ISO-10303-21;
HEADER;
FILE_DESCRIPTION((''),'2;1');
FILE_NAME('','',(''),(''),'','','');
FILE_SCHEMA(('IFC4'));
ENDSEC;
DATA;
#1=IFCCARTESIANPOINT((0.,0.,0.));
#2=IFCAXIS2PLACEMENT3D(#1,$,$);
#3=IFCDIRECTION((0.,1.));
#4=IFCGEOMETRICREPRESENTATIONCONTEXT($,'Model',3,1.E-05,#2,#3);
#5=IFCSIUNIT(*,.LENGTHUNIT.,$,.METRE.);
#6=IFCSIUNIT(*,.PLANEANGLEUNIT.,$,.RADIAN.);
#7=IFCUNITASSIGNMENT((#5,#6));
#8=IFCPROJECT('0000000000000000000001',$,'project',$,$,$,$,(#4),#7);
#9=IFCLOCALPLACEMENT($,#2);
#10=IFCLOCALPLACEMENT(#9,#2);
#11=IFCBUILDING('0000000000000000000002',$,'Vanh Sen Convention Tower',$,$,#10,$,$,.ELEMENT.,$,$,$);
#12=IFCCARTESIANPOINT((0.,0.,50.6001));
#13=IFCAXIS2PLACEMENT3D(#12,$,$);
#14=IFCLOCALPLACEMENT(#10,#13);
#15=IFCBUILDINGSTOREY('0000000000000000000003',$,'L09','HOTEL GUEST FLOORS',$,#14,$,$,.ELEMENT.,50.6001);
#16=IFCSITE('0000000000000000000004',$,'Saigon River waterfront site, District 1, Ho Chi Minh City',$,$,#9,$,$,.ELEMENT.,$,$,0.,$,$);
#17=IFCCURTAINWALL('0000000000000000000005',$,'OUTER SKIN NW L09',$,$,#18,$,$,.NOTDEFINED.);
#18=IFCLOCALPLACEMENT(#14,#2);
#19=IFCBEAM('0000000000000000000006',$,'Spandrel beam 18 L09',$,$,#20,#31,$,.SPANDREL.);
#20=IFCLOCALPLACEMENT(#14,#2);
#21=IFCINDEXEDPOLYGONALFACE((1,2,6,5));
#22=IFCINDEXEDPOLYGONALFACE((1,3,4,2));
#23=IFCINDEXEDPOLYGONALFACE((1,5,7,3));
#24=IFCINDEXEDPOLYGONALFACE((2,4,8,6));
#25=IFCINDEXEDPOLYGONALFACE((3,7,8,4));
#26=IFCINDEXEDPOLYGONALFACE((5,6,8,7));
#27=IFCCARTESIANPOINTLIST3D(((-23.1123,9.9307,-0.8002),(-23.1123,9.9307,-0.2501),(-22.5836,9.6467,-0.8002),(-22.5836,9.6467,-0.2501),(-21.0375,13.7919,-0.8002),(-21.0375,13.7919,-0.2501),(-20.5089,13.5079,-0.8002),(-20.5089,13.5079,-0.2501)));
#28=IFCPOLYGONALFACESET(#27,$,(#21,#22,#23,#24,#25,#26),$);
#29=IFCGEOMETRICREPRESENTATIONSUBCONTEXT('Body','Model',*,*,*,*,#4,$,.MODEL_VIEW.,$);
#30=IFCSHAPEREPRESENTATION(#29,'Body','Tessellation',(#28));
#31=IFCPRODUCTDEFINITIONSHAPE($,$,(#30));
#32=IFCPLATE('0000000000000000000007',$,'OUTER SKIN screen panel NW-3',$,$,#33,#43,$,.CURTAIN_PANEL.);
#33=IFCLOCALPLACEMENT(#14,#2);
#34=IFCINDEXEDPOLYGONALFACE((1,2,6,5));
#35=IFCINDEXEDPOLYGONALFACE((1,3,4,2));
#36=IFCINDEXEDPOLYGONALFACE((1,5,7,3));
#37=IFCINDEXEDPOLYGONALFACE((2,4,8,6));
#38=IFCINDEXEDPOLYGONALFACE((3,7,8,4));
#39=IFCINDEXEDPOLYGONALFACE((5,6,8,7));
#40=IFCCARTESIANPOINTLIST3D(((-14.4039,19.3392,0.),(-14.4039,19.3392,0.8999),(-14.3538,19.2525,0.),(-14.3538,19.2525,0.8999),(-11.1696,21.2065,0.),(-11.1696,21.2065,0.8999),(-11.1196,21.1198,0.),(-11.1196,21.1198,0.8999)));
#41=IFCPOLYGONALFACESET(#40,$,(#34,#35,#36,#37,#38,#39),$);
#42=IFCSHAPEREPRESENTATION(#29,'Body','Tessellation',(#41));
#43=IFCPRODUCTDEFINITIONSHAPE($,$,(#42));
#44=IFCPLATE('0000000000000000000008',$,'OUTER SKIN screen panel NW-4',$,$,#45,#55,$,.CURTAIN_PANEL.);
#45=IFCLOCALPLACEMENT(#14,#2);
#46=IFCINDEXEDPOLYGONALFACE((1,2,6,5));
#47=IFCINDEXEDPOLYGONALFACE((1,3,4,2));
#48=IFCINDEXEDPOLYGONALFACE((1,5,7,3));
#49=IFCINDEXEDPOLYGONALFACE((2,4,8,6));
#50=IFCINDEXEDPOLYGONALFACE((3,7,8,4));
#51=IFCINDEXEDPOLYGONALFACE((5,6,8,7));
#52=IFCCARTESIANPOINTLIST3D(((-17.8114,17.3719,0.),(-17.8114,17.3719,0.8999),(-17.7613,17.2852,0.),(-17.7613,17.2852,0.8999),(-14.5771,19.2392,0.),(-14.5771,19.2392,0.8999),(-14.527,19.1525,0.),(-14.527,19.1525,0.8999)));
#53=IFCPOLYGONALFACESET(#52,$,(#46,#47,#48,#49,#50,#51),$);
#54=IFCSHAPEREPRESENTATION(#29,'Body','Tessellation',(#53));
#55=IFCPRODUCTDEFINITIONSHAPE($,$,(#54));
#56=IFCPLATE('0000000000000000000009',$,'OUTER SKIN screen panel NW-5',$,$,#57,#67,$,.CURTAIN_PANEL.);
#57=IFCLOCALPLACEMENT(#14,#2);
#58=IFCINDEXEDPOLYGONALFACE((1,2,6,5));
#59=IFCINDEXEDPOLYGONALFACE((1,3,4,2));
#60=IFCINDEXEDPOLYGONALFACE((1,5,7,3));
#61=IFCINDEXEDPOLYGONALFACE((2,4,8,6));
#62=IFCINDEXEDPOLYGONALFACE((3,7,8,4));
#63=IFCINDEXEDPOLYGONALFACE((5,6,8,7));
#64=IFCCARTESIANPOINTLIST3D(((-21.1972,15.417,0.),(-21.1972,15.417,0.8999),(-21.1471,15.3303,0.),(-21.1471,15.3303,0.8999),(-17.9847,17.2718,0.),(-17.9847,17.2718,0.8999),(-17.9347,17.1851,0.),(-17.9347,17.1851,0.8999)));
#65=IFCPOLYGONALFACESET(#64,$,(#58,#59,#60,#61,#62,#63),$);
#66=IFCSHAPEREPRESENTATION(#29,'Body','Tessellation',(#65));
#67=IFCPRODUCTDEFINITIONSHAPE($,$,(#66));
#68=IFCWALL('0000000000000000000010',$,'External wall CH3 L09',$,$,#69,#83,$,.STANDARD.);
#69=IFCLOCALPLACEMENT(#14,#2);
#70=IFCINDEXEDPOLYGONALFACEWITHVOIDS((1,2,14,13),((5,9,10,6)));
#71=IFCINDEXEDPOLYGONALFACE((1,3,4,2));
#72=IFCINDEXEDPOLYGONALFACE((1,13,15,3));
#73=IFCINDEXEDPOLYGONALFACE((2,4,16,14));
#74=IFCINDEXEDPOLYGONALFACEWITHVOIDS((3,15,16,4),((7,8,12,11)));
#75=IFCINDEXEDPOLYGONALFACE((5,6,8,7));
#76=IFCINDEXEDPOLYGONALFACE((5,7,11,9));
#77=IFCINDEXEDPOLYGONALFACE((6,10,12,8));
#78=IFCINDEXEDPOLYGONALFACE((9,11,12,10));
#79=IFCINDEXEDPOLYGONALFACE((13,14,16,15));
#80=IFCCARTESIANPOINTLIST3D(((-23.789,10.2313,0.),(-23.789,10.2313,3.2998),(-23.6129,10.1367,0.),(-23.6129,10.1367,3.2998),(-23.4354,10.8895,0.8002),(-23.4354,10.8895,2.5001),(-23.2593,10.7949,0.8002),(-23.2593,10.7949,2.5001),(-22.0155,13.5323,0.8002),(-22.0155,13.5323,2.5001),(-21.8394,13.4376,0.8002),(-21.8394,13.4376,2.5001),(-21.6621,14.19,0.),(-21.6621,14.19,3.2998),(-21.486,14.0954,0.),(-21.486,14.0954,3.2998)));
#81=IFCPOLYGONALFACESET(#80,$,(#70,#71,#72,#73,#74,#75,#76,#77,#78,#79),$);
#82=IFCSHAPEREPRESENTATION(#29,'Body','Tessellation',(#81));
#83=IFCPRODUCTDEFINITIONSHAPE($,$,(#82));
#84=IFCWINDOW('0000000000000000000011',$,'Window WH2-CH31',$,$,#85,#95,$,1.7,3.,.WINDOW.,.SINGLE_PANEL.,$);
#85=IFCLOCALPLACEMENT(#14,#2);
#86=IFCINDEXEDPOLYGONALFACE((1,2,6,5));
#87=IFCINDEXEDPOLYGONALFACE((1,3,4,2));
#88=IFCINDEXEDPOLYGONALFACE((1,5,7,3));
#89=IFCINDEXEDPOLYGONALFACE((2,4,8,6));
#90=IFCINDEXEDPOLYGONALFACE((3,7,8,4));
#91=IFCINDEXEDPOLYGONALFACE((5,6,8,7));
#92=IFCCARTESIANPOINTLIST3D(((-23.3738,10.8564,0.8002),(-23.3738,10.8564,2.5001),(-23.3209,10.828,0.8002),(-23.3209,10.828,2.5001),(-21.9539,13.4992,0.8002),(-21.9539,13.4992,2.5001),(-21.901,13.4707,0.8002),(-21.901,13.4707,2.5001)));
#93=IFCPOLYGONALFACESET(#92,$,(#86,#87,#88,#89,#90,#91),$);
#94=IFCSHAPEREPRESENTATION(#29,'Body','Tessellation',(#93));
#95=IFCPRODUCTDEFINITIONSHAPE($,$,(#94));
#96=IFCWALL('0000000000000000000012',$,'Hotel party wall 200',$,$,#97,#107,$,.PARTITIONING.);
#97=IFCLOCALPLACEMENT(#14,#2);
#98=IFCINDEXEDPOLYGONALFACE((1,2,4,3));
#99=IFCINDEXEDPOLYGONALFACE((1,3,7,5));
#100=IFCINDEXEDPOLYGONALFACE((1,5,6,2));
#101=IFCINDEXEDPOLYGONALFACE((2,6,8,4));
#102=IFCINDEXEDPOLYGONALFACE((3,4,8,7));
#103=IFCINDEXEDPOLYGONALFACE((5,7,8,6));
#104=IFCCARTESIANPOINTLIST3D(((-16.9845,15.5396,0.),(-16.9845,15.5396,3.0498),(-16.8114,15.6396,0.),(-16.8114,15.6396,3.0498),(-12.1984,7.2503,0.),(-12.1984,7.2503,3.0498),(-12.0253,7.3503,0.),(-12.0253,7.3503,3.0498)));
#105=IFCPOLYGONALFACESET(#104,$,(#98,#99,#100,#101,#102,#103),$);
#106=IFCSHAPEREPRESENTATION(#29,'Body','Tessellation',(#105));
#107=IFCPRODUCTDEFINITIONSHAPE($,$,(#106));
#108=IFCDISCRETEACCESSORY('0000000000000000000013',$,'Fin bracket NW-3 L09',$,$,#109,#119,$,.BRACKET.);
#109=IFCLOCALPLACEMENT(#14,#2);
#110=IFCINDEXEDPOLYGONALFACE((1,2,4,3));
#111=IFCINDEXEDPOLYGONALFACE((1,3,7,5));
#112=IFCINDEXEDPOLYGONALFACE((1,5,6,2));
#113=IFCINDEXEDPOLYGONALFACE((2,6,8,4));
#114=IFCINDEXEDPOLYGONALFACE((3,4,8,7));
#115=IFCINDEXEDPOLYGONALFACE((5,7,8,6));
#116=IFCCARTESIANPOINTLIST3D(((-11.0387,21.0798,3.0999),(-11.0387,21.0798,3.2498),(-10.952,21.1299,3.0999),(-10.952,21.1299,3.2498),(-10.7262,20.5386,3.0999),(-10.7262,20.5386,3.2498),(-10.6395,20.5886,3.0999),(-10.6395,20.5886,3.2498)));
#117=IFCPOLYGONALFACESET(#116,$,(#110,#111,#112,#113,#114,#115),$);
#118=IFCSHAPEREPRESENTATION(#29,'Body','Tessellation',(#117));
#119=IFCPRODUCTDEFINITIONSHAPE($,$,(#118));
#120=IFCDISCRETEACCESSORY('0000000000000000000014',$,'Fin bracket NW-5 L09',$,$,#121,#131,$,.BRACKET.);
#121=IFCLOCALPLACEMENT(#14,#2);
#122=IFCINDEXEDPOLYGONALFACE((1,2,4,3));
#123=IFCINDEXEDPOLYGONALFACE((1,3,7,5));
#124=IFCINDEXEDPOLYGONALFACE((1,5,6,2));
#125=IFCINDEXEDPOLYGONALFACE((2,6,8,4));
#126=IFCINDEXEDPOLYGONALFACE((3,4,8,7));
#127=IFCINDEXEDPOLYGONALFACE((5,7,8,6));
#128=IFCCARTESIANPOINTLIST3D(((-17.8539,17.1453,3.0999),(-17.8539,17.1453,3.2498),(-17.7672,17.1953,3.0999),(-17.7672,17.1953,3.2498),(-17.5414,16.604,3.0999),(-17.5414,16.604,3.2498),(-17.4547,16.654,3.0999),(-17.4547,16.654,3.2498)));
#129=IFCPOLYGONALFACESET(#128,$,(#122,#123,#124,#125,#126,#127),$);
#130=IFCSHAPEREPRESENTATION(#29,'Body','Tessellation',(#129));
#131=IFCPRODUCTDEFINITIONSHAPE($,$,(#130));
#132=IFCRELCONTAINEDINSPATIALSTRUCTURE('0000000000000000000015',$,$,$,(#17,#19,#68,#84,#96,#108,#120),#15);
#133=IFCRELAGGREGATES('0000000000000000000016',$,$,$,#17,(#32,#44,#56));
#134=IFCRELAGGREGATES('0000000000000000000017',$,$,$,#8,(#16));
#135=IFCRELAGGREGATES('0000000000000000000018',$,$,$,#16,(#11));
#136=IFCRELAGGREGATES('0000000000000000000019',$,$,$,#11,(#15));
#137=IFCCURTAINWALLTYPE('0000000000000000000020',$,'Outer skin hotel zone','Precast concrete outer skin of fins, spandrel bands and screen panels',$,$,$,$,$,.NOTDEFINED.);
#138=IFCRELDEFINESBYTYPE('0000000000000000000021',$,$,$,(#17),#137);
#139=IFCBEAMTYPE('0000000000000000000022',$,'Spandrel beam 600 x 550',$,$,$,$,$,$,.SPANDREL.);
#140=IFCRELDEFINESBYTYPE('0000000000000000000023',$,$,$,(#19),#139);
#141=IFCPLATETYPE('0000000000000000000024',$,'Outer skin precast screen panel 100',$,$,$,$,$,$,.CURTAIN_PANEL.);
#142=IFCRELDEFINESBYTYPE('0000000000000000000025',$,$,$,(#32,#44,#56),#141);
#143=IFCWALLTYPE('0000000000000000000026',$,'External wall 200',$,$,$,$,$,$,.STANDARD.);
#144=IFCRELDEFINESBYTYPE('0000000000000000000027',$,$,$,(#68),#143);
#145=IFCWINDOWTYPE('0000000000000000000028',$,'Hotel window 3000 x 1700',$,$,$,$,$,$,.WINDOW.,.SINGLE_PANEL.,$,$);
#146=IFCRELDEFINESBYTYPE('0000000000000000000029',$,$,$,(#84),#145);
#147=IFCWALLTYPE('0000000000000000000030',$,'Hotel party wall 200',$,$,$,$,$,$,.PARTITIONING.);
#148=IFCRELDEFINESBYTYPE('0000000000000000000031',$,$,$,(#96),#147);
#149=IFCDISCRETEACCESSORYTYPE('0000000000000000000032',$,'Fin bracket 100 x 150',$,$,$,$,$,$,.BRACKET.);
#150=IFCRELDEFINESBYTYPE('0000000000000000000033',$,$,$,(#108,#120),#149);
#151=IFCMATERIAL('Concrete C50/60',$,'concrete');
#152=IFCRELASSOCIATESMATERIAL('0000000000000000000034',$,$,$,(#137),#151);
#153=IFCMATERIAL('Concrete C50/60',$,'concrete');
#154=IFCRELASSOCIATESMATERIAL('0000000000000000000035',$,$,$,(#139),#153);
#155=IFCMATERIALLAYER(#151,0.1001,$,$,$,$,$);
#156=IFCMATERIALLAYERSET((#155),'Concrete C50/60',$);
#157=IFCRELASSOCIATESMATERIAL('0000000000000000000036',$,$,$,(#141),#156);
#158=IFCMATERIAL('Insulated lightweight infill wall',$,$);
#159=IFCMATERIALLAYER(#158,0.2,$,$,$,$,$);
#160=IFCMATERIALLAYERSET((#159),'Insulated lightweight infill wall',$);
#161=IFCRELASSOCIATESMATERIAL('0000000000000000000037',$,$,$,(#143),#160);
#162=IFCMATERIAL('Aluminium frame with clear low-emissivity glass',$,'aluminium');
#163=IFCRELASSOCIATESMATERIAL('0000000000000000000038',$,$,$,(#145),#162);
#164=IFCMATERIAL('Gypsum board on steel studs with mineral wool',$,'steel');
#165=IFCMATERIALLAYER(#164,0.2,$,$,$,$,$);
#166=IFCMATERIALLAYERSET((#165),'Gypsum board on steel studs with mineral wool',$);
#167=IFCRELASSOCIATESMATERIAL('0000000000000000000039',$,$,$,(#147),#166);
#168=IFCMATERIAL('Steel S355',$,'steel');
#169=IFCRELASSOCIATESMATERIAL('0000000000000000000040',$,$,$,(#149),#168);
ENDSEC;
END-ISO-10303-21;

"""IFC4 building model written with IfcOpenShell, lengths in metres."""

from ifc_helpers import new_model, si_unit, direction, frame, frame_2d, origin, origin_2d, place, context, subcontext, project, spatial, rectangle, extrude, material, layer, layer_set, material_profile, profile_set, type_object, element, fill, aggregate, save


model = new_model("IFC4")

# Units and contexts
model_context = context("Model", 3, precision=1e-05, world=origin(), true_north=direction((0.0, 1.0)))
body_context = subcontext(model_context, "Body", "Model", "MODEL_VIEW")
ifc_project = project(units=[si_unit("LENGTHUNIT", "METRE"), si_unit("PLANEANGLEUNIT", "RADIAN")], contexts=[model_context])

# Site, building, storey
site_placement = place(None, origin())
site = spatial("IfcSite", under=ifc_project, at=site_placement, Name="Saigon River waterfront site, District 1, Ho Chi Minh City", CompositionType="ELEMENT", RefElevation=0.0)
building_placement = place(site_placement, origin())
building = spatial("IfcBuilding", under=site, at=building_placement, Name="Vanh Sen Convention Tower", CompositionType="ELEMENT")
storey_placement = place(building_placement, frame((0.0, 0.0, 50.6001)))
storey = spatial("IfcBuildingStorey", under=building, at=storey_placement, Name="L09", Description="HOTEL GUEST FLOORS", CompositionType="ELEMENT", Elevation=50.6001)

# Curtain wall
ifc_material_1 = material(Name="Concrete C50/60", Category="concrete")
curtain_wall_type = type_object("IfcCurtainWallType", Name="Outer skin hotel zone", Description="Precast concrete outer skin of fins, spandrel bands and screen panels", PredefinedType="NOTDEFINED", material=ifc_material_1)
curtain_wall_1_placement = place(storey_placement, origin())
curtain_wall_1 = element("IfcCurtainWall", 1, at=curtain_wall_1_placement, inside=storey, type_object=curtain_wall_type, Name="OUTER SKIN NW L09", PredefinedType="NOTDEFINED")

# Beam
ifc_material_2 = material(Name="Concrete C50/60", Category="concrete")
ifc_material_profile_1 = material_profile(ifc_material_2, rectangle(XDim=0.6001, YDim=0.55, at=origin_2d()), Name="RC 600X550")
ifc_profile_set_1 = profile_set([ifc_material_profile_1], Name="Concrete C50/60")
beam_type_1 = type_object("IfcBeamType", Name="Spandrel beam 600 x 550", PredefinedType="SPANDREL", material=ifc_profile_set_1)
beam_1_placement = place(storey_placement, frame((-20.7732, 13.6499, -0.5251), z_axis=(-0.473332, -0.880884, 0.0), x_axis=(0.880884, -0.473332, 0.0)))
element("IfcBeam", 2, at=beam_1_placement, inside=storey, type_object=beam_type_1, Name="Spandrel beam 18 L09", PredefinedType="SPANDREL", context=body_context, shape_type="SweptSolid", body=[
    extrude(rectangle(XDim=0.6001, YDim=0.55, at=origin_2d()), origin(), (0.0, 0.0, 1.0), 4.3833),
])

# Plates
ifc_layer_1 = layer(ifc_material_1, 0.1001)
ifc_layer_set_1 = layer_set([ifc_layer_1], Name="Concrete C50/60")
plate_type = type_object("IfcPlateType", Name="Outer skin precast screen panel 100", PredefinedType="CURTAIN_PANEL", material=ifc_layer_set_1)
plate_1_placement = place(storey_placement, frame((-12.7617, 20.2295, 0.0), z_axis=(0.0, 0.0, 1.0), x_axis=(-0.866028, -0.499995, 0.0)))
plate_1 = element("IfcPlate", 3, at=plate_1_placement, type_object=plate_type, Name="OUTER SKIN screen panel NW-3", PredefinedType="CURTAIN_PANEL", context=body_context, shape_type="SweptSolid", body=[
    extrude(rectangle(XDim=3.7346, YDim=0.1001, at=origin_2d()), origin(), (0.0, 0.0, 1.0), 0.8999),
])
plate_2_placement = place(storey_placement, frame((-16.1692, 18.2622, 0.0), z_axis=(0.0, 0.0, 1.0), x_axis=(-0.866028, -0.499995, 0.0)))
plate_2 = element("IfcPlate", 4, at=plate_2_placement, type_object=plate_type, Name="OUTER SKIN screen panel NW-4", PredefinedType="CURTAIN_PANEL", context=body_context, shape_type="SweptSolid", body=[
    extrude(rectangle(XDim=3.7346, YDim=0.1001, at=origin_2d()), origin(), (0.0, 0.0, 1.0), 0.8999),
])
plate_3_placement = place(storey_placement, frame((-19.5659, 16.301, 0.0), z_axis=(0.0, 0.0, 1.0), x_axis=(-0.866021, -0.500008, 0.0)))
plate_3 = element("IfcPlate", 5, at=plate_3_placement, type_object=plate_type, Name="OUTER SKIN screen panel NW-5", PredefinedType="CURTAIN_PANEL", context=body_context, shape_type="SweptSolid", body=[
    extrude(rectangle(XDim=3.7095, YDim=0.1001, at=origin_2d()), origin(), (0.0, 0.0, 1.0), 0.8999),
])
aggregate(curtain_wall_1, [plate_1, plate_2, plate_3])

# Wall, opening, window
ifc_material_3 = material(Name="Insulated lightweight infill wall")
ifc_layer_2 = layer(ifc_material_3, 0.2)
ifc_layer_set_2 = layer_set([ifc_layer_2], Name="Insulated lightweight infill wall")
wall_type_1 = type_object("IfcWallType", Name="External wall 200", PredefinedType="STANDARD", material=ifc_layer_set_2)
wall_1_placement = place(storey_placement, frame((-21.574, 14.1428, 0.0), z_axis=(0.0, 0.0, 1.0), x_axis=(-0.473293, -0.880905, 0.0)))
wall_1 = element("IfcWall", 6, at=wall_1_placement, inside=storey, type_object=wall_type_1, Name="External wall CH3 L09", PredefinedType="STANDARD", context=body_context, shape_type="SweptSolid", body=[
    extrude(rectangle(XDim=4.4939, YDim=0.2, at=frame_2d((2.2471, 0.0))), origin(), (0.0, 0.0, 1.0), 3.2998),
])
opening_placement = place(wall_1_placement, frame((0.7468, 0.0, 0.8)))
opening = element("IfcOpeningElement", 7, at=opening_placement, cuts=wall_1, PredefinedType="OPENING", context=body_context, shape_type="SweptSolid", body=[
    extrude(rectangle(XDim=3.0, YDim=1.7, at=frame_2d((1.5, 0.8501))), frame((0.0, 0.1099, 0.0), z_axis=(0.0, -1.0, 0.0), x_axis=(1.0, 0.0, 0.0)), (0.0, 0.0, 1.0), 0.22),
])
ifc_material_4 = material(Name="Aluminium frame with clear low-emissivity glass", Category="aluminium")
window_type = type_object("IfcWindowType", Name="Hotel window 3000 x 1700", PartitioningType="SINGLE_PANEL", PredefinedType="WINDOW", material=ifc_material_4)
window_placement = place(opening_placement, origin())
window = element("IfcWindow", 8, at=window_placement, inside=storey, type_object=window_type, Name="Window WH2-CH31", OverallHeight=1.7, OverallWidth=3.0, PartitioningType="SINGLE_PANEL", PredefinedType="WINDOW", context=body_context, shape_type="SweptSolid", body=[
    extrude(rectangle(XDim=3.0, YDim=1.7, at=frame_2d((1.5, 0.8501))), frame((0.0, 0.03, 0.0), z_axis=(0.0, -1.0, 0.0), x_axis=(1.0, 0.0, 0.0)), (0.0, 0.0, 1.0), 0.0601),
])
fill(opening, window)

# Wall
ifc_material_5 = material(Name="Gypsum board on steel studs with mineral wool", Category="steel")
ifc_layer_3 = layer(ifc_material_5, 0.2)
ifc_layer_set_3 = layer_set([ifc_layer_3], Name="Gypsum board on steel studs with mineral wool")
wall_type_2 = type_object("IfcWallType", Name="Hotel party wall 200", PredefinedType="PARTITIONING", material=ifc_layer_set_3)
wall_2_placement = place(storey_placement, frame((-16.8979, 15.5896, 0.0), z_axis=(0.0, 0.0, 1.0), x_axis=(0.500023, -0.866012, 0.0)))
element("IfcWall", 9, at=wall_2_placement, inside=storey, type_object=wall_type_2, Name="Hotel party wall 200", PredefinedType="PARTITIONING", context=body_context, shape_type="SweptSolid", body=[
    extrude(rectangle(XDim=9.5718, YDim=0.2, at=frame_2d((4.7859, 0.0))), origin(), (0.0, 0.0, 1.0), 3.0498),
])

# Discrete accessories
ifc_material_6 = material(Name="Steel S355", Category="steel")
discrete_accessory_type = type_object("IfcDiscreteAccessoryType", Name="Fin bracket 100 x 150", PredefinedType="BRACKET", material=ifc_material_6)
for number, where, z_axis, x_axis, name in (
    (10, (-10.8391, 20.8342, 3.0999), (0.0, 0.0, 1.0), (-0.5, 0.866025, 0.0), "Fin bracket NW-3 L09"),
    (11, (-17.6543, 16.8997, 3.0999), (0.0, 0.0, 1.0), (-0.5, 0.866025, 0.0), "Fin bracket NW-5 L09"),
):
    element("IfcDiscreteAccessory", number, at=place(storey_placement, frame(where, z_axis=z_axis, x_axis=x_axis)), inside=storey, type_object=discrete_accessory_type, Name=name, PredefinedType="BRACKET", context=body_context, shape_type="SweptSolid", body=[
        extrude(rectangle(XDim=0.625, YDim=0.1001, at=origin_2d()), origin(), (0.0, 0.0, 1.0), 0.1499),
    ])

save(model, "model.ifc")
